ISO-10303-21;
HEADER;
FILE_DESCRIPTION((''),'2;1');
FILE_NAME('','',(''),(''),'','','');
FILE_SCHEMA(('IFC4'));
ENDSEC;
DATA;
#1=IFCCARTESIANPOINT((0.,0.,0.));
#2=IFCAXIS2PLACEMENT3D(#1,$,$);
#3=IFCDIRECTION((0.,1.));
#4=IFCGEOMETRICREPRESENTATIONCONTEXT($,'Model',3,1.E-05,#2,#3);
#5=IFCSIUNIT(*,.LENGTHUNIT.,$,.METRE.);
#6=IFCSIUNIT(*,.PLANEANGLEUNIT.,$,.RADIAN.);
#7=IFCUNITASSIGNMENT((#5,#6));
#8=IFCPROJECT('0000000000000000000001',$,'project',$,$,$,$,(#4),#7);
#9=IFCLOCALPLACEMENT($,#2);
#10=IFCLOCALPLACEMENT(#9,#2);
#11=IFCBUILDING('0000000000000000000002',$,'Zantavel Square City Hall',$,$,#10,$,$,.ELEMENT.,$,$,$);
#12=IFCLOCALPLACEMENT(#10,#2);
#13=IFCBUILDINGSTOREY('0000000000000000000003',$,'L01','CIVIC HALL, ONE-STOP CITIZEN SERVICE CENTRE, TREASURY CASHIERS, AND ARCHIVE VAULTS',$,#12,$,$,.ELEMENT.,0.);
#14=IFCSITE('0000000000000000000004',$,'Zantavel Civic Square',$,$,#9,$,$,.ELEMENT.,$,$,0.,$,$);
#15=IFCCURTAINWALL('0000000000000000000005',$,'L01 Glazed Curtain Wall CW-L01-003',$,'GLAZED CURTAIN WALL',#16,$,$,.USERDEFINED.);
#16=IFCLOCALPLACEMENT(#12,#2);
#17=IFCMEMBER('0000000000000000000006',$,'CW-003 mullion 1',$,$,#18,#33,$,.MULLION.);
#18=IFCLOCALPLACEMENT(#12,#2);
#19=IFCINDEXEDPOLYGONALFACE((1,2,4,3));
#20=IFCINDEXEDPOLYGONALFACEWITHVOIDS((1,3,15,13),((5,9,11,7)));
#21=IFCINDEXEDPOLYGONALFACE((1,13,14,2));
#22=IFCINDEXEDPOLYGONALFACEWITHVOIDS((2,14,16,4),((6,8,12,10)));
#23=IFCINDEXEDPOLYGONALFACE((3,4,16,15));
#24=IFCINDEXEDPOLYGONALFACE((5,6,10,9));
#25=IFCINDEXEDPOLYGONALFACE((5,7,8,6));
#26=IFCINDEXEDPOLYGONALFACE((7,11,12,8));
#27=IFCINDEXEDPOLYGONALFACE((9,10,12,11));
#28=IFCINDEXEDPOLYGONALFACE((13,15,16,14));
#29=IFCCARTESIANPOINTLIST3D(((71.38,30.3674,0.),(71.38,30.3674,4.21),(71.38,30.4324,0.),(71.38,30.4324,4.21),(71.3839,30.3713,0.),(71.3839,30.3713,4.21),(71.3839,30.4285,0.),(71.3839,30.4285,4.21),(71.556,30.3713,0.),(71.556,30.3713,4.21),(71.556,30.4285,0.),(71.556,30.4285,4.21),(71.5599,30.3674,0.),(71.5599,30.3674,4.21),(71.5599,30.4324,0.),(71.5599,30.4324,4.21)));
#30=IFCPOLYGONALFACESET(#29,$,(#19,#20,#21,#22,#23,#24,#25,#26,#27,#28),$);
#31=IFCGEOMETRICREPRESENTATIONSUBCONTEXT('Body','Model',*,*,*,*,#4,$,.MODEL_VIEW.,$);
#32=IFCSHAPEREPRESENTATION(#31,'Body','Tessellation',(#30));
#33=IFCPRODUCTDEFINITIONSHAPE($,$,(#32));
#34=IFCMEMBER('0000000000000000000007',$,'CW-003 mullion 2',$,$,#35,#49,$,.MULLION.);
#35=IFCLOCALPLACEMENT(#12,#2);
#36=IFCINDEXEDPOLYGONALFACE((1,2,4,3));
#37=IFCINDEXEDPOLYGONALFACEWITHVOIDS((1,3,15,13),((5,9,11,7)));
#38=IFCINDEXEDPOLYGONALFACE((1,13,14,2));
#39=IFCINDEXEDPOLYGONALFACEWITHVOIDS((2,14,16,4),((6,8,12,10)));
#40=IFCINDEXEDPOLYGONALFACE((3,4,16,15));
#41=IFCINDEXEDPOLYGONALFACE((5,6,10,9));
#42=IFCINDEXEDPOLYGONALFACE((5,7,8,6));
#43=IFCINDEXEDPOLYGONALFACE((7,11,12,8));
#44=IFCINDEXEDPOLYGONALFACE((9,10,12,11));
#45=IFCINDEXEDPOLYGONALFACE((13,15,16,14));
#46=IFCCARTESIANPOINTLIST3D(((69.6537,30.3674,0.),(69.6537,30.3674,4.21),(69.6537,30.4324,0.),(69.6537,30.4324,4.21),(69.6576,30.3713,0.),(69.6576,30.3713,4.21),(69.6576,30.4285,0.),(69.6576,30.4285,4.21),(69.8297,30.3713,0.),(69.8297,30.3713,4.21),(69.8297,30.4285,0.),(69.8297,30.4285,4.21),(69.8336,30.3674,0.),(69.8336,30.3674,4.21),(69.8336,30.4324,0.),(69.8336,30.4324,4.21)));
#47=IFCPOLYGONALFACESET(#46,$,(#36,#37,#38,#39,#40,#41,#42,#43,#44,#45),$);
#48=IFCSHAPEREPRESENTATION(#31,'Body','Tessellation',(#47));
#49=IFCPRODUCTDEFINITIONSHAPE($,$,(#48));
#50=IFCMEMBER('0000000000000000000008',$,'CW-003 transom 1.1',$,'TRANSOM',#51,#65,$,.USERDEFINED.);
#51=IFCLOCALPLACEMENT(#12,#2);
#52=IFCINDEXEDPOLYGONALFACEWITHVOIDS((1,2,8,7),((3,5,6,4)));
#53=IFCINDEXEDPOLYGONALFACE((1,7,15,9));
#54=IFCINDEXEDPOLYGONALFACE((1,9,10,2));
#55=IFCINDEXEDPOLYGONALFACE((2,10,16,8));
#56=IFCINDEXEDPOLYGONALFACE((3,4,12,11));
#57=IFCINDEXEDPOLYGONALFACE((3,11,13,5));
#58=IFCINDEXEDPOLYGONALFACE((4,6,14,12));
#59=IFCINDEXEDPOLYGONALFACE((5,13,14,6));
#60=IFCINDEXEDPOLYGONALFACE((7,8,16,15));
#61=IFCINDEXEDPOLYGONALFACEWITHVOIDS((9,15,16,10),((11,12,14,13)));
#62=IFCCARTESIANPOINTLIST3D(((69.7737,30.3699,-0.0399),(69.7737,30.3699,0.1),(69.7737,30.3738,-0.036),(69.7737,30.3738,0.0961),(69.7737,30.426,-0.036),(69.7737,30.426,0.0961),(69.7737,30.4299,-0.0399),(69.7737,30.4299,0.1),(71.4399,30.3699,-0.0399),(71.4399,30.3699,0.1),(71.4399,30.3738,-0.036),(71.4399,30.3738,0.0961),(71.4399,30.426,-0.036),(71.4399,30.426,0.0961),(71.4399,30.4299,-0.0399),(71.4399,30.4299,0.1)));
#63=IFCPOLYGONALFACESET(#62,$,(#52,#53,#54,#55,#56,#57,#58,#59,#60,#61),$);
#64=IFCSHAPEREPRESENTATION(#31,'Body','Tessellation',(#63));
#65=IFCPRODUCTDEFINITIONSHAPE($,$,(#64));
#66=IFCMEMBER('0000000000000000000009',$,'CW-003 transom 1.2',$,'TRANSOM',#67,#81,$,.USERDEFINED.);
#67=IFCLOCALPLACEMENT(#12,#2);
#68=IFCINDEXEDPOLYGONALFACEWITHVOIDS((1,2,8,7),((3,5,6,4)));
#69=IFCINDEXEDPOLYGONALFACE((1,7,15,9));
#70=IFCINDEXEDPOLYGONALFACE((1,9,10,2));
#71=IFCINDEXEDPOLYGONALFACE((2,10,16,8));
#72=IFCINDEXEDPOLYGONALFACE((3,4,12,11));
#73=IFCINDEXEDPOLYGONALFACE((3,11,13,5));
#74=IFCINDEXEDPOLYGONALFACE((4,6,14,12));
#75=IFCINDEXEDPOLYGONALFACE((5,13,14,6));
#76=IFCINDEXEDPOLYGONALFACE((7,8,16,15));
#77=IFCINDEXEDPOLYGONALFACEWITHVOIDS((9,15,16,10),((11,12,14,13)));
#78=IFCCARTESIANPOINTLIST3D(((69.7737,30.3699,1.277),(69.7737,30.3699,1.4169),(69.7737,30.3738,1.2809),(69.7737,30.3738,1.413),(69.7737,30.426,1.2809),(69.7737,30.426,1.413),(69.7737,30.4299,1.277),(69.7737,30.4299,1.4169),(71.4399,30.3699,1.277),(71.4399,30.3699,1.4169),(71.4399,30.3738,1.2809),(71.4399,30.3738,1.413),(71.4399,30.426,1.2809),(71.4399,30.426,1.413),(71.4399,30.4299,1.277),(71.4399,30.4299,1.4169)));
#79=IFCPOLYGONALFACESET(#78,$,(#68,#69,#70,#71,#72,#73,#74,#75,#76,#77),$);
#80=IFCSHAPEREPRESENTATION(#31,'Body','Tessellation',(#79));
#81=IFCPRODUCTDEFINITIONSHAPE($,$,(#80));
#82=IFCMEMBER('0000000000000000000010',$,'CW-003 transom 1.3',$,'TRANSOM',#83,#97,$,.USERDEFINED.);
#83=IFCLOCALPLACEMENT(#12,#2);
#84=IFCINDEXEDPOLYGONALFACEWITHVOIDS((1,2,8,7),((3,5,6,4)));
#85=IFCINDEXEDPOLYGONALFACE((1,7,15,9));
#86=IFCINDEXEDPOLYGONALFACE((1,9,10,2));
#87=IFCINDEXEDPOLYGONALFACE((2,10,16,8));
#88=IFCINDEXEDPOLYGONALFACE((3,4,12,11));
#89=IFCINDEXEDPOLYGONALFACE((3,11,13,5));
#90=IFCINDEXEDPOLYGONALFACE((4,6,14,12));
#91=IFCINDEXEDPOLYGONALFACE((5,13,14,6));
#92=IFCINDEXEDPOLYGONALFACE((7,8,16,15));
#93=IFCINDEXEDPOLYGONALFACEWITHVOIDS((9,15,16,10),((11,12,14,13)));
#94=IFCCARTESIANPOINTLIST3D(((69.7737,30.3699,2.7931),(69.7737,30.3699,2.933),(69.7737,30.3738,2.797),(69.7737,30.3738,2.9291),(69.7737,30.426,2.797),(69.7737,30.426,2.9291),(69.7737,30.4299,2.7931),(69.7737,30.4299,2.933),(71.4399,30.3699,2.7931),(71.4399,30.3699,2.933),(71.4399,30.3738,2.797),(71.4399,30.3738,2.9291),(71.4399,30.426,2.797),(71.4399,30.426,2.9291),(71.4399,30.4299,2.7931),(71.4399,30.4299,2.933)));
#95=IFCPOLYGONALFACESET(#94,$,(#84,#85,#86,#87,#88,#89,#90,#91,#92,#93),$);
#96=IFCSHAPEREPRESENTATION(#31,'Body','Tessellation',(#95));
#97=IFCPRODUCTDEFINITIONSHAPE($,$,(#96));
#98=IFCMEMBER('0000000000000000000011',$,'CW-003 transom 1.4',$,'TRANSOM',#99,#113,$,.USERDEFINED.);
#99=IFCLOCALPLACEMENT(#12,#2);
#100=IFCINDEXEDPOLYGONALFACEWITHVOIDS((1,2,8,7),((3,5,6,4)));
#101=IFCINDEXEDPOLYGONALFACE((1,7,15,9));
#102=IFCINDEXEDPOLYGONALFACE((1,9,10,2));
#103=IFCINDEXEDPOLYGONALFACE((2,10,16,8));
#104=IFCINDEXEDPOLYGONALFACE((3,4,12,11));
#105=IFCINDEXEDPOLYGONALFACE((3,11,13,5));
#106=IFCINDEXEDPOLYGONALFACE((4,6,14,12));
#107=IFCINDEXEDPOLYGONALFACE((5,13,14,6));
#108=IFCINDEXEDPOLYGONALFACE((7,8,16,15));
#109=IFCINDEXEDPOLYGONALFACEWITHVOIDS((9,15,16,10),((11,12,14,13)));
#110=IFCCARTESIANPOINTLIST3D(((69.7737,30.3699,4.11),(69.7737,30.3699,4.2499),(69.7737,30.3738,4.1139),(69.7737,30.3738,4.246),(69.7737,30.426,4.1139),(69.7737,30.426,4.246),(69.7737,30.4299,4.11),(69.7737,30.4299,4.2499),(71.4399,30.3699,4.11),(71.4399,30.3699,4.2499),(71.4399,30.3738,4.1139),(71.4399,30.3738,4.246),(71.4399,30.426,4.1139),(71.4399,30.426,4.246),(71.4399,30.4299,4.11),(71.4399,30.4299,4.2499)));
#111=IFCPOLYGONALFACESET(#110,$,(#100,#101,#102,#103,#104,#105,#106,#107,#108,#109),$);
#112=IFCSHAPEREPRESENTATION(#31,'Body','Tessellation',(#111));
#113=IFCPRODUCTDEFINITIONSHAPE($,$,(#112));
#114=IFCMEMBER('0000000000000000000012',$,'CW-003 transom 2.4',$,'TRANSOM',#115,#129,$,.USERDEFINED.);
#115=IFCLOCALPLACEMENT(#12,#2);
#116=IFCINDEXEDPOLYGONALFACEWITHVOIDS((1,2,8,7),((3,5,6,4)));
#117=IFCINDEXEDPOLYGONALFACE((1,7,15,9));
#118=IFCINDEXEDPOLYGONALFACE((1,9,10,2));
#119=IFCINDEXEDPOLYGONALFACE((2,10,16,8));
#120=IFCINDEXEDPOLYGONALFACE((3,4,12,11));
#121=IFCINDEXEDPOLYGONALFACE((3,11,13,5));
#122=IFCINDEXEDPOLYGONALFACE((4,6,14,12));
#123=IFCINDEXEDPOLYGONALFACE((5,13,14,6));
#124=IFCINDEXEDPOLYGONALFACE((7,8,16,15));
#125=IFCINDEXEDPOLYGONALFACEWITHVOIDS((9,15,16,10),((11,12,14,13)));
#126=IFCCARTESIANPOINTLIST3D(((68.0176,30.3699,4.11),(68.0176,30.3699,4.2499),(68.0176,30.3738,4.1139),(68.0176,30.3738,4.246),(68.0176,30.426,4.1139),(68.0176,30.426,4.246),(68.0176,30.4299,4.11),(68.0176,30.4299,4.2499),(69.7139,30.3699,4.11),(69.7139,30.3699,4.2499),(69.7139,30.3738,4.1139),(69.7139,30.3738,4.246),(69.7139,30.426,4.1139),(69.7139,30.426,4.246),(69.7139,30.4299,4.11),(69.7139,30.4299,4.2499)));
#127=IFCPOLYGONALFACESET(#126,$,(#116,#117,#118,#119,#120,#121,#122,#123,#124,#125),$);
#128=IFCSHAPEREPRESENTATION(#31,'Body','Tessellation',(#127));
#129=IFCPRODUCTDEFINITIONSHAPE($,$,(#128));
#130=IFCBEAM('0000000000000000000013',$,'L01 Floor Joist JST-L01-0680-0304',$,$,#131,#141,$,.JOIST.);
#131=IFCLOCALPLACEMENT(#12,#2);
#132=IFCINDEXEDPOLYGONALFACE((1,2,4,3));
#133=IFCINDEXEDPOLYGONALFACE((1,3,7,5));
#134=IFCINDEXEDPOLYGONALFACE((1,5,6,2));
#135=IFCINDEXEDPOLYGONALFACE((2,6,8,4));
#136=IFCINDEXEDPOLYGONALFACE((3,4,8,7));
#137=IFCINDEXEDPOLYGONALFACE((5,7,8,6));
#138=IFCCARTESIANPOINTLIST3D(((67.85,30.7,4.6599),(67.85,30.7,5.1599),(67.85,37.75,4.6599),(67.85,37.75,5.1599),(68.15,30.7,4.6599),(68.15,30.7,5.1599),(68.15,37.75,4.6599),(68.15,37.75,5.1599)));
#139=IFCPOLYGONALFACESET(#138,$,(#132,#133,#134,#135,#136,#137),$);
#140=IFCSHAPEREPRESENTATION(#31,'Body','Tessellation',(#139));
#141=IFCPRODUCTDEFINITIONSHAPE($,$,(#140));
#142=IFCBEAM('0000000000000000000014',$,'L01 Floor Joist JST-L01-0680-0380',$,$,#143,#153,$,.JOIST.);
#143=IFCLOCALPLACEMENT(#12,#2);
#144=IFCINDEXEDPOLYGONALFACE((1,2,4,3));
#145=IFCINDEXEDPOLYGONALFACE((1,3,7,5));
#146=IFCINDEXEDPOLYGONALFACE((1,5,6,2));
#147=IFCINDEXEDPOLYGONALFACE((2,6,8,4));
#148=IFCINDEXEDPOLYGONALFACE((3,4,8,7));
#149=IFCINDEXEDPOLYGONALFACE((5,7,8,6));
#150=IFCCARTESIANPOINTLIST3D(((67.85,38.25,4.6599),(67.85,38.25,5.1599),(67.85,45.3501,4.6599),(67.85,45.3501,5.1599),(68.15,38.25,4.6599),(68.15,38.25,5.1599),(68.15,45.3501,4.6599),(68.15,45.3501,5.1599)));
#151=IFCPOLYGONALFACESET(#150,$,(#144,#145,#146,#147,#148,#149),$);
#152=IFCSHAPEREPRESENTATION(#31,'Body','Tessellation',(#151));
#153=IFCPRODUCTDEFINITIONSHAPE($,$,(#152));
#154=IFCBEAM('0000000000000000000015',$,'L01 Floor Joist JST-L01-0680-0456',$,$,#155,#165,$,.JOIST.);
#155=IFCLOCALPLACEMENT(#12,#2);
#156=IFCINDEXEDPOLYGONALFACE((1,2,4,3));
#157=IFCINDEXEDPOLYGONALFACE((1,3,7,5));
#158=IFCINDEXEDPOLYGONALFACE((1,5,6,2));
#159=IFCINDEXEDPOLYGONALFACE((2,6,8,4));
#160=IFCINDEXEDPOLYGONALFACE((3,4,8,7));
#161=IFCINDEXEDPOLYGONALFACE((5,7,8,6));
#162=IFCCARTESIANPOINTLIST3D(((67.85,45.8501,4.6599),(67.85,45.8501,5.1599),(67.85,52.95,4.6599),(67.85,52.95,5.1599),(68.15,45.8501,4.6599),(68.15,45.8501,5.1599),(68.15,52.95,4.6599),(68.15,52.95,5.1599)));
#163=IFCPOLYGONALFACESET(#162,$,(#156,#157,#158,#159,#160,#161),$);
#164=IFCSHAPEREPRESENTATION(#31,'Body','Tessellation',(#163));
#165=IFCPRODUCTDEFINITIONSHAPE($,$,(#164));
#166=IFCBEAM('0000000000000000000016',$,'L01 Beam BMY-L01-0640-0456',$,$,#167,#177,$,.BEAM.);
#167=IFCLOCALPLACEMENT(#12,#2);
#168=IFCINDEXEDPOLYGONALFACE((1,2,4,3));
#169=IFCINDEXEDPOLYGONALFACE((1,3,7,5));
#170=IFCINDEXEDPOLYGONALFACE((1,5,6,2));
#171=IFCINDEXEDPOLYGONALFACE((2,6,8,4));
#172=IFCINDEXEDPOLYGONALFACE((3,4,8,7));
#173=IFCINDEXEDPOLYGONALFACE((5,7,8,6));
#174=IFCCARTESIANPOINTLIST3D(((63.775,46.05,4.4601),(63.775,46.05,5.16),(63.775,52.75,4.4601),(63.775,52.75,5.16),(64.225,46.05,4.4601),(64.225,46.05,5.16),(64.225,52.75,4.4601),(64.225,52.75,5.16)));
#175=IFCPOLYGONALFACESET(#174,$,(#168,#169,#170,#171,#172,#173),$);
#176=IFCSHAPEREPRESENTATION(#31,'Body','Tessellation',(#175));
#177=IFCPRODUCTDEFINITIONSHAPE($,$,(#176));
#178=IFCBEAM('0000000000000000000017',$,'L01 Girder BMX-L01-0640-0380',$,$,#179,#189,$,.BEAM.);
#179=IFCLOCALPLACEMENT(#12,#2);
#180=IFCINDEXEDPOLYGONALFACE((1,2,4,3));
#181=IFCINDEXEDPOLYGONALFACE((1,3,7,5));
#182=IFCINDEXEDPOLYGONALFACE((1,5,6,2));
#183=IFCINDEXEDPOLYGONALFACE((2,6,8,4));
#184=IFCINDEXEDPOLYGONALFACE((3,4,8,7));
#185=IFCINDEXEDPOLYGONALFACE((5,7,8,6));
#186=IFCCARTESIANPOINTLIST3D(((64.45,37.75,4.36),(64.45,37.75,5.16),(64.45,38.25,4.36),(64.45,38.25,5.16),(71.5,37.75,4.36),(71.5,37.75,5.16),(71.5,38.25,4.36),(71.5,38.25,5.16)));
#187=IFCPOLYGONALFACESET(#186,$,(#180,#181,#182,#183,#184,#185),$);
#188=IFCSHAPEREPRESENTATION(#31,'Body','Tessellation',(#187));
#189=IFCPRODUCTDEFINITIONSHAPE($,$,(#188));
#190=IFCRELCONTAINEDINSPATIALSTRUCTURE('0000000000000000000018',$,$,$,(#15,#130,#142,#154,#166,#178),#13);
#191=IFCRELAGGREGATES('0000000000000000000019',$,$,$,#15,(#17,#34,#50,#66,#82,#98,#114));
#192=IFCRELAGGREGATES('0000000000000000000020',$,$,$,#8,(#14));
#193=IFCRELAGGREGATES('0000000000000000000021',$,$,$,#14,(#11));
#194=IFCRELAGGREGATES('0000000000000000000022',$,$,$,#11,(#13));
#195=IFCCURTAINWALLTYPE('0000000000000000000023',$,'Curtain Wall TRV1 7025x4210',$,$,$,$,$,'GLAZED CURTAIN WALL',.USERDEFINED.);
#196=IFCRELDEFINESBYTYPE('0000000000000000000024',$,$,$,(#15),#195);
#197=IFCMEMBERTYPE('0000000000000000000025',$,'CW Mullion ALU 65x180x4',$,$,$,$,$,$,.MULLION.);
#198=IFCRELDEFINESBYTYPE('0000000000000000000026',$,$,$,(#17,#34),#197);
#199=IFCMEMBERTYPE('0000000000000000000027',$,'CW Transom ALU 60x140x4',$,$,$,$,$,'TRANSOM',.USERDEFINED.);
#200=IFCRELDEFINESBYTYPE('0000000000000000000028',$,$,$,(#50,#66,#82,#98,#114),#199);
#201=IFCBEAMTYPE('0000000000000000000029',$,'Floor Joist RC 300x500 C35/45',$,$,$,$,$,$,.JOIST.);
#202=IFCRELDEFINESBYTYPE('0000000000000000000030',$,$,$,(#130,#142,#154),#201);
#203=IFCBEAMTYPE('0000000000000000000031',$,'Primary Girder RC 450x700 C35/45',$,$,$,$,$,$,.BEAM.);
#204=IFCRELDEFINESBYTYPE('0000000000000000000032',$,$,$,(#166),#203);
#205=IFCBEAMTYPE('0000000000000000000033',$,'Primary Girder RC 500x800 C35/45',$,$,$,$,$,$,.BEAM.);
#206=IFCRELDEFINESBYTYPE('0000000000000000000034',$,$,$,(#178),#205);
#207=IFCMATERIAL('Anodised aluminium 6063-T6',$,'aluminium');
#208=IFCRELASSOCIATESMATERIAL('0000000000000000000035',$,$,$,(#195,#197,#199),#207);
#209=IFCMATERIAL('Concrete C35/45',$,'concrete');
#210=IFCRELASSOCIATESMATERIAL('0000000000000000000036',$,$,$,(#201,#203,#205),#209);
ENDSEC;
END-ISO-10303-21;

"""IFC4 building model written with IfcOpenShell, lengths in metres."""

from ifc_helpers import new_model, si_unit, direction, frame, origin, origin_2d, place, context, subcontext, project, spatial, rectangle, hollow_rectangle, extrude, material, material_profile, profile_set, type_object, element, aggregate, save


model = new_model("IFC4")

# Units and contexts
model_context = context("Model", 3, precision=1e-05, world=origin(), true_north=direction((0.0, 1.0)))
body_context = subcontext(model_context, "Body", "Model", "MODEL_VIEW")
ifc_project = project(units=[si_unit("LENGTHUNIT", "METRE"), si_unit("PLANEANGLEUNIT", "RADIAN")], contexts=[model_context])

# Site, building, storey
site_placement = place(None, origin())
site = spatial("IfcSite", under=ifc_project, at=site_placement, Name="Zantavel Civic Square", CompositionType="ELEMENT", RefElevation=0.0)
building_placement = place(site_placement, origin())
building = spatial("IfcBuilding", under=site, at=building_placement, Name="Zantavel Square City Hall", CompositionType="ELEMENT")
storey_placement = place(building_placement, origin())
storey = spatial("IfcBuildingStorey", under=building, at=storey_placement, Name="L01", Description="CIVIC HALL, ONE-STOP CITIZEN SERVICE CENTRE, TREASURY CASHIERS, AND ARCHIVE VAULTS", CompositionType="ELEMENT", Elevation=0.0)

# Curtain wall, members
ifc_material_1 = material(Name="Anodised aluminium 6063-T6", Category="aluminium")
curtain_wall_type = type_object("IfcCurtainWallType", Name="Curtain Wall TRV1 7025x4210", ElementType="GLAZED CURTAIN WALL", PredefinedType="USERDEFINED", material=ifc_material_1)
curtain_wall_placement = place(storey_placement, origin())
curtain_wall = element("IfcCurtainWall", 1, at=curtain_wall_placement, inside=storey, type_object=curtain_wall_type, Name="L01 Glazed Curtain Wall CW-L01-003", ObjectType="GLAZED CURTAIN WALL", PredefinedType="USERDEFINED")
ifc_material_profile_1 = material_profile(ifc_material_1, hollow_rectangle(XDim=0.0649, YDim=0.1799, WallThickness=0.0039, at=origin_2d()), Name="ALU 65x180x4")
ifc_profile_set_1 = profile_set([ifc_material_profile_1], Name="Anodised aluminium 6063-T6")
member_type_1 = type_object("IfcMemberType", Name="CW Mullion ALU 65x180x4", PredefinedType="MULLION", material=ifc_profile_set_1)
member_1_placement = place(storey_placement, frame((71.47, 30.3999, 0.0), z_axis=(0.0, 0.0, 1.0), x_axis=(0.0, -1.0, 0.0)))
member_1 = element("IfcMember", 2, at=member_1_placement, type_object=member_type_1, Name="CW-003 mullion 1", PredefinedType="MULLION", context=body_context, shape_type="SweptSolid", body=[
    extrude(hollow_rectangle(XDim=0.0649, YDim=0.1799, WallThickness=0.0039, at=origin_2d()), origin(), (0.0, 0.0, 1.0), 4.21),
])
member_2_placement = place(storey_placement, frame((69.7437, 30.3999, 0.0), z_axis=(0.0, 0.0, 1.0), x_axis=(0.0, -1.0, 0.0)))
member_2 = element("IfcMember", 3, at=member_2_placement, type_object=member_type_1, Name="CW-003 mullion 2", PredefinedType="MULLION", context=body_context, shape_type="SweptSolid", body=[
    extrude(hollow_rectangle(XDim=0.0649, YDim=0.1799, WallThickness=0.0039, at=origin_2d()), origin(), (0.0, 0.0, 1.0), 4.21),
])
ifc_material_profile_2 = material_profile(ifc_material_1, hollow_rectangle(XDim=0.0601, YDim=0.1399, WallThickness=0.0039, at=origin_2d()), Name="ALU 60x140x4")
ifc_profile_set_2 = profile_set([ifc_material_profile_2], Name="Anodised aluminium 6063-T6")
member_type_2 = type_object("IfcMemberType", Name="CW Transom ALU 60x140x4", ElementType="TRANSOM", PredefinedType="USERDEFINED", material=ifc_profile_set_2)
member_3_placement = place(storey_placement, frame((71.4399, 30.3999, 0.03), z_axis=(-1.0, 0.0, 0.0), x_axis=(0.0, -1.0, 0.0)))
member_3 = element("IfcMember", 4, at=member_3_placement, type_object=member_type_2, Name="CW-003 transom 1.1", ObjectType="TRANSOM", PredefinedType="USERDEFINED", context=body_context, shape_type="SweptSolid", body=[
    extrude(hollow_rectangle(XDim=0.0601, YDim=0.1399, WallThickness=0.0039, at=origin_2d()), origin(), (0.0, 0.0, 1.0), 1.6663),
])
member_4_placement = place(storey_placement, frame((71.4399, 30.3999, 1.3469), z_axis=(-1.0, 0.0, 0.0), x_axis=(0.0, -1.0, 0.0)))
member_4 = element("IfcMember", 5, at=member_4_placement, type_object=member_type_2, Name="CW-003 transom 1.2", ObjectType="TRANSOM", PredefinedType="USERDEFINED", context=body_context, shape_type="SweptSolid", body=[
    extrude(hollow_rectangle(XDim=0.0601, YDim=0.1399, WallThickness=0.0039, at=origin_2d()), origin(), (0.0, 0.0, 1.0), 1.6663),
])
member_5_placement = place(storey_placement, frame((71.4399, 30.3999, 2.863), z_axis=(-1.0, 0.0, 0.0), x_axis=(0.0, -1.0, 0.0)))
member_5 = element("IfcMember", 6, at=member_5_placement, type_object=member_type_2, Name="CW-003 transom 1.3", ObjectType="TRANSOM", PredefinedType="USERDEFINED", context=body_context, shape_type="SweptSolid", body=[
    extrude(hollow_rectangle(XDim=0.0601, YDim=0.1399, WallThickness=0.0039, at=origin_2d()), origin(), (0.0, 0.0, 1.0), 1.6663),
])
member_6_placement = place(storey_placement, frame((71.4399, 30.3999, 4.1799), z_axis=(-1.0, 0.0, 0.0), x_axis=(0.0, -1.0, 0.0)))
member_6 = element("IfcMember", 7, at=member_6_placement, type_object=member_type_2, Name="CW-003 transom 1.4", ObjectType="TRANSOM", PredefinedType="USERDEFINED", context=body_context, shape_type="SweptSolid", body=[
    extrude(hollow_rectangle(XDim=0.0601, YDim=0.1399, WallThickness=0.0039, at=origin_2d()), origin(), (0.0, 0.0, 1.0), 1.6663),
])
member_7_placement = place(storey_placement, frame((69.7139, 30.3999, 4.1799), z_axis=(-1.0, 0.0, 0.0), x_axis=(0.0, -1.0, 0.0)))
member_7 = element("IfcMember", 8, at=member_7_placement, type_object=member_type_2, Name="CW-003 transom 2.4", ObjectType="TRANSOM", PredefinedType="USERDEFINED", context=body_context, shape_type="SweptSolid", body=[
    extrude(hollow_rectangle(XDim=0.0601, YDim=0.1399, WallThickness=0.0039, at=origin_2d()), origin(), (0.0, 0.0, 1.0), 1.6963),
])

# Beams
ifc_material_2 = material(Name="Concrete C35/45", Category="concrete")
ifc_material_profile_3 = material_profile(ifc_material_2, rectangle(XDim=0.3, YDim=0.5, at=origin_2d()), Name="RC 300x500")
ifc_profile_set_3 = profile_set([ifc_material_profile_3], Name="Concrete C35/45")
beam_type_1 = type_object("IfcBeamType", Name="Floor Joist RC 300x500 C35/45", PredefinedType="JOIST", material=ifc_profile_set_3)
beam_1_placement = place(storey_placement, frame((68.0, 30.7, 4.9099), z_axis=(0.0, 1.0, 0.0), x_axis=(-1.0, 0.0, 0.0)))
element("IfcBeam", 9, at=beam_1_placement, inside=storey, type_object=beam_type_1, Name="L01 Floor Joist JST-L01-0680-0304", PredefinedType="JOIST", context=body_context, shape_type="SweptSolid", body=[
    extrude(rectangle(XDim=0.3, YDim=0.5, at=origin_2d()), origin(), (0.0, 0.0, 1.0), 7.05),
])
beam_2_placement = place(storey_placement, frame((68.0, 38.25, 4.9099), z_axis=(0.0, 1.0, 0.0), x_axis=(-1.0, 0.0, 0.0)))
element("IfcBeam", 10, at=beam_2_placement, inside=storey, type_object=beam_type_1, Name="L01 Floor Joist JST-L01-0680-0380", PredefinedType="JOIST", context=body_context, shape_type="SweptSolid", body=[
    extrude(rectangle(XDim=0.3, YDim=0.5, at=origin_2d()), origin(), (0.0, 0.0, 1.0), 7.1001),
])
beam_3_placement = place(storey_placement, frame((68.0, 45.8501, 4.9099), z_axis=(0.0, 1.0, 0.0), x_axis=(-1.0, 0.0, 0.0)))
element("IfcBeam", 11, at=beam_3_placement, inside=storey, type_object=beam_type_1, Name="L01 Floor Joist JST-L01-0680-0456", PredefinedType="JOIST", context=body_context, shape_type="SweptSolid", body=[
    extrude(rectangle(XDim=0.3, YDim=0.5, at=origin_2d()), origin(), (0.0, 0.0, 1.0), 7.0999),
])
ifc_material_profile_4 = material_profile(ifc_material_2, rectangle(XDim=0.45, YDim=0.7, at=origin_2d()), Name="RC 450x700")
ifc_profile_set_4 = profile_set([ifc_material_profile_4], Name="Concrete C35/45")
beam_type_2 = type_object("IfcBeamType", Name="Primary Girder RC 450x700 C35/45", PredefinedType="BEAM", material=ifc_profile_set_4)
beam_4_placement = place(storey_placement, frame((64.0, 46.05, 4.8101), z_axis=(0.0, 1.0, 0.0), x_axis=(-1.0, 0.0, 0.0)))
element("IfcBeam", 12, at=beam_4_placement, inside=storey, type_object=beam_type_2, Name="L01 Beam BMY-L01-0640-0456", PredefinedType="BEAM", context=body_context, shape_type="SweptSolid", body=[
    extrude(rectangle(XDim=0.45, YDim=0.7, at=origin_2d()), origin(), (0.0, 0.0, 1.0), 6.7),
])
ifc_material_profile_5 = material_profile(ifc_material_2, rectangle(XDim=0.5, YDim=0.8, at=origin_2d()), Name="RC 500x800")
ifc_profile_set_5 = profile_set([ifc_material_profile_5], Name="Concrete C35/45")
beam_type_3 = type_object("IfcBeamType", Name="Primary Girder RC 500x800 C35/45", PredefinedType="BEAM", material=ifc_profile_set_5)
beam_5_placement = place(storey_placement, frame((64.45, 38.0, 4.76), z_axis=(1.0, 0.0, 0.0), x_axis=(0.0, 1.0, 0.0)))
element("IfcBeam", 13, at=beam_5_placement, inside=storey, type_object=beam_type_3, Name="L01 Girder BMX-L01-0640-0380", PredefinedType="BEAM", context=body_context, shape_type="SweptSolid", body=[
    extrude(rectangle(XDim=0.5, YDim=0.8, at=origin_2d()), origin(), (0.0, 0.0, 1.0), 7.05),
])

aggregate(curtain_wall, [member_1, member_2, member_3, member_4, member_5, member_6, member_7])

save(model, "model.ifc")
